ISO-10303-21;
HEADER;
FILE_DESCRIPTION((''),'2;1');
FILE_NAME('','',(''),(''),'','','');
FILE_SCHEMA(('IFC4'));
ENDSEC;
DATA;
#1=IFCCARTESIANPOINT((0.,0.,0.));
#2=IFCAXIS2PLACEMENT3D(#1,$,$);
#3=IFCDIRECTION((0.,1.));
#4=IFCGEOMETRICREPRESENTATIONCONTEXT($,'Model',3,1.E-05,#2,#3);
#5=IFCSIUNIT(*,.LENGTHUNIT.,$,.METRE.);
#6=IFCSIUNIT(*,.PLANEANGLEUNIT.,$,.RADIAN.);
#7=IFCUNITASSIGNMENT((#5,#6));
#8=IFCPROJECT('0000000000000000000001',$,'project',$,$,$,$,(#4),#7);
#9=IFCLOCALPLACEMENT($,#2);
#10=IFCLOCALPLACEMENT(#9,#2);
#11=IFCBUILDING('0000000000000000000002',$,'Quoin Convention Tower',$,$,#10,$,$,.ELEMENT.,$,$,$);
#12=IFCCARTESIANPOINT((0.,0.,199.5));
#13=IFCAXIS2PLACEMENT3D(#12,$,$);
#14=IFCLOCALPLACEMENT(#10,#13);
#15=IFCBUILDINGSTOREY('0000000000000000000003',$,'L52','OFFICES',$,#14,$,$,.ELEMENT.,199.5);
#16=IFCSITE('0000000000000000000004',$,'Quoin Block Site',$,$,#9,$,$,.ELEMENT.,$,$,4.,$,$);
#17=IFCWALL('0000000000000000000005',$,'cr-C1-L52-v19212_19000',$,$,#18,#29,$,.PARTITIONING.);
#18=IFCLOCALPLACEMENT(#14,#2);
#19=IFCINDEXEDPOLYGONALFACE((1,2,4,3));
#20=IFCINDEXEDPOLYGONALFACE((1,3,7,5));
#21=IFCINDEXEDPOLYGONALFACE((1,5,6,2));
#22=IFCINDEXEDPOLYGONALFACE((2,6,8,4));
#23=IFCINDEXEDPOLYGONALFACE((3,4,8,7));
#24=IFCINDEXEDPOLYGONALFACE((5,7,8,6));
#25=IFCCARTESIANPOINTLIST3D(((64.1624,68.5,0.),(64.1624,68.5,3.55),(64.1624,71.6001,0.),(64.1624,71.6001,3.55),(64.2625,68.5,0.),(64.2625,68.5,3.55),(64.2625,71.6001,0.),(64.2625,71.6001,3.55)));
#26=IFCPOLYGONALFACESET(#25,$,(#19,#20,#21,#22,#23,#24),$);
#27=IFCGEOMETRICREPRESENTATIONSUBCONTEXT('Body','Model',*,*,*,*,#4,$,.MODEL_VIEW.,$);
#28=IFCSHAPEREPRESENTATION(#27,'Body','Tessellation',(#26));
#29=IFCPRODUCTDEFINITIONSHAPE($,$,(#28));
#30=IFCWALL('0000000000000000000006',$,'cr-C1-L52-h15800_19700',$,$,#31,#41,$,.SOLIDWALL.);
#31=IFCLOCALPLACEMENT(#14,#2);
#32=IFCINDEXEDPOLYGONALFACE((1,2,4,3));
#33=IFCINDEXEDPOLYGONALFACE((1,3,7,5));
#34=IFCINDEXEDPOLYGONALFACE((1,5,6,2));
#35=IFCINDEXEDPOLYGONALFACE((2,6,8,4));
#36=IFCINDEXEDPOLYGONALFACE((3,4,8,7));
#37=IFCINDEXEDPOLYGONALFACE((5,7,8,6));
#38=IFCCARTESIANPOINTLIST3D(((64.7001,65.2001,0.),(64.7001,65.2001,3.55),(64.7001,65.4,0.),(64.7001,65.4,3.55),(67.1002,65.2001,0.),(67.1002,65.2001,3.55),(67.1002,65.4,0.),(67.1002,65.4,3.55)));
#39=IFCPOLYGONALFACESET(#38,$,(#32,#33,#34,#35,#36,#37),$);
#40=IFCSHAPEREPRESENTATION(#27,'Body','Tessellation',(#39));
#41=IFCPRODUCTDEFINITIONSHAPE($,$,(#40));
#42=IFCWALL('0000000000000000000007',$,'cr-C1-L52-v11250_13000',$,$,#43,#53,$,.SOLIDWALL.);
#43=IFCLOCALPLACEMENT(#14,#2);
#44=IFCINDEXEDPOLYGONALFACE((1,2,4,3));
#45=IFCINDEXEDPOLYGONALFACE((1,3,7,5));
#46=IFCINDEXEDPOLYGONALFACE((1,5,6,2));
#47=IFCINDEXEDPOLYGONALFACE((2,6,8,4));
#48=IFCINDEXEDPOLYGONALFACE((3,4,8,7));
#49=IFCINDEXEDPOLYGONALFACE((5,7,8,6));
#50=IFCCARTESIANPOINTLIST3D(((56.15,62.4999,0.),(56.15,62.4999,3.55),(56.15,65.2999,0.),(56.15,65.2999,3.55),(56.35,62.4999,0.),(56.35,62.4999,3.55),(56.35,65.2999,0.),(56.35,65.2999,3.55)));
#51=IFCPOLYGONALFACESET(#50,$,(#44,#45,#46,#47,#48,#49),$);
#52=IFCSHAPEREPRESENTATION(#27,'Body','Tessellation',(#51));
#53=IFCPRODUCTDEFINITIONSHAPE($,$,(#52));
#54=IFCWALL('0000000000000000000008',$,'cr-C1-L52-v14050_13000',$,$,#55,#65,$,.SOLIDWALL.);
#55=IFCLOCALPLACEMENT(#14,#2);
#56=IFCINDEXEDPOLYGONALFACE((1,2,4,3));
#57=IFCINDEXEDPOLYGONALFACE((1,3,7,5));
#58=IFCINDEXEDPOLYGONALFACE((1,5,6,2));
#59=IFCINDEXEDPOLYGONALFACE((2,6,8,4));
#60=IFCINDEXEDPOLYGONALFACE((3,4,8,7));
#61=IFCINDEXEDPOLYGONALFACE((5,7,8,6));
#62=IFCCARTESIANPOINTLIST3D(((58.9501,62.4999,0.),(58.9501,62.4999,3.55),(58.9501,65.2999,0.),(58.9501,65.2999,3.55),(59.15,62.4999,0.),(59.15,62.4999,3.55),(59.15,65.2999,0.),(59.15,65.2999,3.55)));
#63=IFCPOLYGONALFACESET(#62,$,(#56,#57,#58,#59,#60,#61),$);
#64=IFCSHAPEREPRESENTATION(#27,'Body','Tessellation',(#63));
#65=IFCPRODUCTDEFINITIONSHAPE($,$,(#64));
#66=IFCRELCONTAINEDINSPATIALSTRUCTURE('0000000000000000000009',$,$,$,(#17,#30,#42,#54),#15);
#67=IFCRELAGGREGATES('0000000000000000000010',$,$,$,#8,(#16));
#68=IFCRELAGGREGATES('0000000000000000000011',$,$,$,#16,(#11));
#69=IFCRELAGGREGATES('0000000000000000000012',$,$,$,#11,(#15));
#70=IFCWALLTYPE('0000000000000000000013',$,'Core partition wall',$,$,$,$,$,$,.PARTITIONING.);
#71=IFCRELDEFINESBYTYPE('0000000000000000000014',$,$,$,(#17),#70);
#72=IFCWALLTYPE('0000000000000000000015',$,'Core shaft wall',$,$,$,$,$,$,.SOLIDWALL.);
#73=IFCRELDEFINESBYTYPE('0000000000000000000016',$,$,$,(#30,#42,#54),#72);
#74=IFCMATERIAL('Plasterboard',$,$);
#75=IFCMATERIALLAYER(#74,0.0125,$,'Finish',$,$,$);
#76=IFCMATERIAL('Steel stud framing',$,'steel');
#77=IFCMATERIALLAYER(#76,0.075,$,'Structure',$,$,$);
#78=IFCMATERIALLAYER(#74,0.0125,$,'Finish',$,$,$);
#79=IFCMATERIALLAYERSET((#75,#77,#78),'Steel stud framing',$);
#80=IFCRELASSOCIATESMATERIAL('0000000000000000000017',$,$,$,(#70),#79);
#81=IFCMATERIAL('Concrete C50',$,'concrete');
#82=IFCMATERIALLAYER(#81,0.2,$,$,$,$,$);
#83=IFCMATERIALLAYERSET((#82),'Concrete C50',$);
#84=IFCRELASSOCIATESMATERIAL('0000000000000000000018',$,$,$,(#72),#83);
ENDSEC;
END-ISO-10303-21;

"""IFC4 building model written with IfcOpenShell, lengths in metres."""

from ifc_helpers import new_model, si_unit, direction, frame, frame_2d, origin, place, context, subcontext, project, spatial, rectangle, extrude, material, layer, layer_set, type_object, element, save


model = new_model("IFC4")

# Units and contexts
model_context = context("Model", 3, precision=1e-05, world=origin(), true_north=direction((0.0, 1.0)))
body_context = subcontext(model_context, "Body", "Model", "MODEL_VIEW")
ifc_project = project(units=[si_unit("LENGTHUNIT", "METRE"), si_unit("PLANEANGLEUNIT", "RADIAN")], contexts=[model_context])

# Site, building, storey
site_placement = place(None, origin())
site = spatial("IfcSite", under=ifc_project, at=site_placement, Name="Quoin Block Site", CompositionType="ELEMENT", RefElevation=4.0)
building_placement = place(site_placement, origin())
building = spatial("IfcBuilding", under=site, at=building_placement, Name="Quoin Convention Tower", CompositionType="ELEMENT")
storey_placement = place(building_placement, frame((0.0, 0.0, 199.5)))
storey = spatial("IfcBuildingStorey", under=building, at=storey_placement, Name="L52", Description="OFFICES", CompositionType="ELEMENT", Elevation=199.5)

# Shared definitions
ifc_material_1 = material(Name="Concrete C50", Category="concrete")

# Walls
ifc_material_2 = material(Name="Plasterboard")
ifc_material_3 = material(Name="Steel stud framing", Category="steel")
ifc_layer_1 = layer(ifc_material_2, 0.0125, Name="Finish")
ifc_layer_2 = layer(ifc_material_3, 0.075, Name="Structure")
ifc_layer_3 = layer(ifc_material_2, 0.0125, Name="Finish")
ifc_layer_set_1 = layer_set([ifc_layer_1, ifc_layer_2, ifc_layer_3], Name="Steel stud framing")
wall_type_1 = type_object("IfcWallType", Name="Core partition wall", PredefinedType="PARTITIONING", material=ifc_layer_set_1)
for number, where, z_axis, x_axis, name in (
    (1, (64.2124, 68.5, 0.0), (0.0, 0.0, 1.0), (0.0, 1.0, 0.0), "cr-C1-L52-v19212_19000"),
):
    element("IfcWall", number, at=place(storey_placement, frame(where, z_axis=z_axis, x_axis=x_axis)), inside=storey, type_object=wall_type_1, Name=name, PredefinedType="PARTITIONING", context=body_context, shape_type="SweptSolid", body=[
        extrude(rectangle(XDim=3.1001, YDim=0.1001, at=frame_2d((1.55, 0.0))), origin(), (0.0, 0.0, 1.0), 3.55),
    ])
ifc_layer_4 = layer(ifc_material_1, 0.2)
ifc_layer_set_2 = layer_set([ifc_layer_4], Name="Concrete C50")
wall_type_2 = type_object("IfcWallType", Name="Core shaft wall", PredefinedType="SOLIDWALL", material=ifc_layer_set_2)
wall_1_placement = place(storey_placement, frame((64.7, 65.3, 0.0), z_axis=(0.0, 0.0, 1.0), x_axis=(1.0, 0.0, 0.0)))
element("IfcWall", 2, at=wall_1_placement, inside=storey, type_object=wall_type_2, Name="cr-C1-L52-h15800_19700", PredefinedType="SOLIDWALL", context=body_context, shape_type="SweptSolid", body=[
    extrude(rectangle(XDim=2.4001, YDim=0.2, at=frame_2d((1.2002, 0.0))), origin(), (0.0, 0.0, 1.0), 3.55),
])
for number, where, z_axis, x_axis, name in (
    (3, (56.25, 62.5, 0.0), (0.0, 0.0, 1.0), (0.0, 1.0, 0.0), "cr-C1-L52-v11250_13000"),
    (4, (59.05, 62.5, 0.0), (0.0, 0.0, 1.0), (0.0, 1.0, 0.0), "cr-C1-L52-v14050_13000"),
):
    element("IfcWall", number, at=place(storey_placement, frame(where, z_axis=z_axis, x_axis=x_axis)), inside=storey, type_object=wall_type_2, Name=name, PredefinedType="SOLIDWALL", context=body_context, shape_type="SweptSolid", body=[
        extrude(rectangle(XDim=2.8, YDim=0.2, at=frame_2d((1.3999, 0.0))), origin(), (0.0, 0.0, 1.0), 3.55),
    ])

save(model, "model.ifc")
